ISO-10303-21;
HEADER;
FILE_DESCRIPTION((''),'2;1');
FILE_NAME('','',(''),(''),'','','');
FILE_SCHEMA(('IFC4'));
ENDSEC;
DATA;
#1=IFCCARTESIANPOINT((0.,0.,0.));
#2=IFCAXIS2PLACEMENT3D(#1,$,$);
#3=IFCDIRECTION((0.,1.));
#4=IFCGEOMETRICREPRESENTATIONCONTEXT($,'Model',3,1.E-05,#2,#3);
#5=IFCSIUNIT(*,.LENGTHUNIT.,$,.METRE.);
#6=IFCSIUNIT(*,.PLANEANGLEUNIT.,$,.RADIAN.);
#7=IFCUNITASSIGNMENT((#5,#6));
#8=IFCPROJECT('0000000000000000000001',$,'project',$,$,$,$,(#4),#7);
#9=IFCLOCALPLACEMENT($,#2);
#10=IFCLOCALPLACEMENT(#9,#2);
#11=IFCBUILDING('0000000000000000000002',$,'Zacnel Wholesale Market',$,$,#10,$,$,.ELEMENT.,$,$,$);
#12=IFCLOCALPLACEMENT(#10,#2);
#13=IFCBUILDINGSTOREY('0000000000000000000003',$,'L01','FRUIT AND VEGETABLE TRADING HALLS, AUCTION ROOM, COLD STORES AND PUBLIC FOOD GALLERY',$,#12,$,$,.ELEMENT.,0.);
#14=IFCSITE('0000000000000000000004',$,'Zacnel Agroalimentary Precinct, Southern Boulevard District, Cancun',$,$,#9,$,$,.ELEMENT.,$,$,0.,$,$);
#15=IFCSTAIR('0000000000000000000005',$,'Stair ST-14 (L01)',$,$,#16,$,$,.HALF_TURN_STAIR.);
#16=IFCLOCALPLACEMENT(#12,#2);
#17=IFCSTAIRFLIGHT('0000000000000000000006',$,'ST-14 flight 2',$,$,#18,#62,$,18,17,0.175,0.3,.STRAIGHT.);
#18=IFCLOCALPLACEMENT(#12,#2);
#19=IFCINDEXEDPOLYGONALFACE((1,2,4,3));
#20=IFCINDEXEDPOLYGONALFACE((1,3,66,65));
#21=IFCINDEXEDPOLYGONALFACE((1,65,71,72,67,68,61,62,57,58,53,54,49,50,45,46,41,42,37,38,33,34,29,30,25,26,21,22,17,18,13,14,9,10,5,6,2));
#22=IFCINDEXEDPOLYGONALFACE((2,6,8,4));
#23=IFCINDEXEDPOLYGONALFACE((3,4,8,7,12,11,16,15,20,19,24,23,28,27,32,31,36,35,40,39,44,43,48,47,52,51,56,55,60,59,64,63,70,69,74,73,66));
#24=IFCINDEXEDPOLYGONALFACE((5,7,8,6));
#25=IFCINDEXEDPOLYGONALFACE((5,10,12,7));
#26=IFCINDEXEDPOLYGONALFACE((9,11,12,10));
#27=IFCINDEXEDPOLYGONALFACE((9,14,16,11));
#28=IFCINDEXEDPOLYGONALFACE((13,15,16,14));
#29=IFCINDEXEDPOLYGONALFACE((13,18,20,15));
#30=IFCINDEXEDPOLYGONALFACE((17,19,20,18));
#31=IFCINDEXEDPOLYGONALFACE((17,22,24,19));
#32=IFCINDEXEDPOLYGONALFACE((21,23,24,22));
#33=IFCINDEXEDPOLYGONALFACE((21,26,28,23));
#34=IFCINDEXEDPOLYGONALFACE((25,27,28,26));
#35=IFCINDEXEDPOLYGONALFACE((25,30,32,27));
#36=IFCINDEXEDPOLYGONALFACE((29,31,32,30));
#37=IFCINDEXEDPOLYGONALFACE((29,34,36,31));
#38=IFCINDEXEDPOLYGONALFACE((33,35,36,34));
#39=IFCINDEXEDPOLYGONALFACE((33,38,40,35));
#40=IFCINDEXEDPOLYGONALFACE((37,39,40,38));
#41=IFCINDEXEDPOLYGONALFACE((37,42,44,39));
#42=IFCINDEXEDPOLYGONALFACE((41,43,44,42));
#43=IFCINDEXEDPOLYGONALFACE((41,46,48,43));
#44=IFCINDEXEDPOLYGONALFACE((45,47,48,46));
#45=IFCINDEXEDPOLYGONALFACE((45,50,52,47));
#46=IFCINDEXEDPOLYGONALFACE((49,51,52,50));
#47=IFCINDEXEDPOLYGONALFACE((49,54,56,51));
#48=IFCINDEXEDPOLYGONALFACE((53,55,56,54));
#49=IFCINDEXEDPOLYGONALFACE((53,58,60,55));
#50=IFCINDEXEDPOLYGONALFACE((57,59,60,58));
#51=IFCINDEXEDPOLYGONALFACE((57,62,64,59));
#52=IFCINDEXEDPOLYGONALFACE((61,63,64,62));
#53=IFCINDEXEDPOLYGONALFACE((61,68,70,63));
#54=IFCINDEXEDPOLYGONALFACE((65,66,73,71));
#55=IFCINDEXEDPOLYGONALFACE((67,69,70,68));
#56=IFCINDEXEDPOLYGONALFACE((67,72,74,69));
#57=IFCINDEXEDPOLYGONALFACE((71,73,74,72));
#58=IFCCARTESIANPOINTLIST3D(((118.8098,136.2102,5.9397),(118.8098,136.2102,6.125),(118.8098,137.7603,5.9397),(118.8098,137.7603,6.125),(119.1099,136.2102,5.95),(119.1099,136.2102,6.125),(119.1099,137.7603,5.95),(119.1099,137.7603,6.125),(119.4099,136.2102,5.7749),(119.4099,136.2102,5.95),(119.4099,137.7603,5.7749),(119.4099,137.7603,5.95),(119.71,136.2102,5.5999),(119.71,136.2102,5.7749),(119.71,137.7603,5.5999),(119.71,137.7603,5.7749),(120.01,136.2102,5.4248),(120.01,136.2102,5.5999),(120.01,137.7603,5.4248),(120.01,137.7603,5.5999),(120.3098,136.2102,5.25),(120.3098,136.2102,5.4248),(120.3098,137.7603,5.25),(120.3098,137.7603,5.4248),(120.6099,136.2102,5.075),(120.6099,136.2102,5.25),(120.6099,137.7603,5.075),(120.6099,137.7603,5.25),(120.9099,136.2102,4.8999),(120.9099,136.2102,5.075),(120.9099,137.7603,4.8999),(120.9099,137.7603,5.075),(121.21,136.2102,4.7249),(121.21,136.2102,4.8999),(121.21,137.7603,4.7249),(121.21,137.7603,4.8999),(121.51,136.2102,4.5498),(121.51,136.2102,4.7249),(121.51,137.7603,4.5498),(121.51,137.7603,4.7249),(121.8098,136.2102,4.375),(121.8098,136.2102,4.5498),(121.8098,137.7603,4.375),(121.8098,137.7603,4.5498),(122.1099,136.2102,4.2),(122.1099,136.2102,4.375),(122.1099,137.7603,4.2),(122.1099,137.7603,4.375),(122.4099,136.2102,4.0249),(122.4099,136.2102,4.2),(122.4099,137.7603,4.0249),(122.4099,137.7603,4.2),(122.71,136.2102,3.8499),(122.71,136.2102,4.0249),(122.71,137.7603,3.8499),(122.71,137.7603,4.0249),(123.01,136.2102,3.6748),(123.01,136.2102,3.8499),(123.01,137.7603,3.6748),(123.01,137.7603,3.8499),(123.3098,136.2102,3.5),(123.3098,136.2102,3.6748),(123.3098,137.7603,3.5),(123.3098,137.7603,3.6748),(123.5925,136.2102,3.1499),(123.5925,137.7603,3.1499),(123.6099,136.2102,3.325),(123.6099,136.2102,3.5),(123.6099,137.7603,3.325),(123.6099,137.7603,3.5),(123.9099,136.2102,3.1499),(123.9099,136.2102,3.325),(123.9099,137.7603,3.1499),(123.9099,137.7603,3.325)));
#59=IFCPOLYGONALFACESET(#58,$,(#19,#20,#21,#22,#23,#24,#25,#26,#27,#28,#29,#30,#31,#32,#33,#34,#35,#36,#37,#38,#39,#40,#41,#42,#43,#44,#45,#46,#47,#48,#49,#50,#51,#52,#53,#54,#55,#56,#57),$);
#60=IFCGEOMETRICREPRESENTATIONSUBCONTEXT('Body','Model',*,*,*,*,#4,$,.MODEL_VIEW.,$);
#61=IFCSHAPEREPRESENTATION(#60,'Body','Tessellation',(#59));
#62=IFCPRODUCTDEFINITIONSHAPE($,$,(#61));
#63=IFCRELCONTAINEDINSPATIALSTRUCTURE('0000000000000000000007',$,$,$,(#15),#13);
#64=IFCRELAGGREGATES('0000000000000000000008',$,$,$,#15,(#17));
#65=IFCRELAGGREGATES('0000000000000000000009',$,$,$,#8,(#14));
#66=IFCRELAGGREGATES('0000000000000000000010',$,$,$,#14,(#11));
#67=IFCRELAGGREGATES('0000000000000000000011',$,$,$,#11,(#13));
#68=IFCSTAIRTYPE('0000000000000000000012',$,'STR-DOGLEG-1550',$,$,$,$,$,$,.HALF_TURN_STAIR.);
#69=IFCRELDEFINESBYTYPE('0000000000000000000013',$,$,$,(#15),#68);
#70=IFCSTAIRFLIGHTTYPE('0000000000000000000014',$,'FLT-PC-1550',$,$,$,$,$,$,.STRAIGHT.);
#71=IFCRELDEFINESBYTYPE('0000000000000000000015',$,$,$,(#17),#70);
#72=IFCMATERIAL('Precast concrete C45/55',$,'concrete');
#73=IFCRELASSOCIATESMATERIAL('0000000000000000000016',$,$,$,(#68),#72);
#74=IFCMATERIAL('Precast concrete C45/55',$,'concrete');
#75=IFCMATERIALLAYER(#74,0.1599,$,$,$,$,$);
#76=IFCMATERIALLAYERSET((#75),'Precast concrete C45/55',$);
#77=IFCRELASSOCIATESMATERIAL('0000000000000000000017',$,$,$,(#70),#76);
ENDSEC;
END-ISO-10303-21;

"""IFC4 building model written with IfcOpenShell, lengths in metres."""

from ifc_helpers import new_model, si_unit, direction, frame, origin, place, context, subcontext, project, spatial, polyline, outline, extrude, material, layer, layer_set, type_object, element, aggregate, save


model = new_model("IFC4")

# Units and contexts
model_context = context("Model", 3, precision=1e-05, world=origin(), true_north=direction((0.0, 1.0)))
body_context = subcontext(model_context, "Body", "Model", "MODEL_VIEW")
ifc_project = project(units=[si_unit("LENGTHUNIT", "METRE"), si_unit("PLANEANGLEUNIT", "RADIAN")], contexts=[model_context])

# Site, building, storey
site_placement = place(None, origin())
site = spatial("IfcSite", under=ifc_project, at=site_placement, Name="Zacnel Agroalimentary Precinct, Southern Boulevard District, Cancun", CompositionType="ELEMENT", RefElevation=0.0)
building_placement = place(site_placement, origin())
building = spatial("IfcBuilding", under=site, at=building_placement, Name="Zacnel Wholesale Market", CompositionType="ELEMENT")
storey_placement = place(building_placement, origin())
storey = spatial("IfcBuildingStorey", under=building, at=storey_placement, Name="L01", Description="FRUIT AND VEGETABLE TRADING HALLS, AUCTION ROOM, COLD STORES AND PUBLIC FOOD GALLERY", CompositionType="ELEMENT", Elevation=0.0)

# Stair, stair flight
ifc_material_1 = material(Name="Precast concrete C45/55", Category="concrete")
stair_type = type_object("IfcStairType", Name="STR-DOGLEG-1550", PredefinedType="HALF_TURN_STAIR", material=ifc_material_1)
stair_placement = place(storey_placement, origin())
stair = element("IfcStair", 1, at=stair_placement, inside=storey, type_object=stair_type, Name="Stair ST-14 (L01)", PredefinedType="HALF_TURN_STAIR")
ifc_material_2 = material(Name="Precast concrete C45/55", Category="concrete")
ifc_layer_1 = layer(ifc_material_2, 0.1599)
ifc_layer_set_1 = layer_set([ifc_layer_1], Name="Precast concrete C45/55")
stair_flight_type = type_object("IfcStairFlightType", Name="FLT-PC-1550", PredefinedType="STRAIGHT", material=ifc_layer_set_1)
stair_flight_1_placement = place(storey_placement, frame((123.9099, 136.9851, 3.1499), z_axis=(0.0, 0.0, 1.0), x_axis=(-1.0, 0.0, 0.0)))
stair_flight_1 = element("IfcStairFlight", 2, at=stair_flight_1_placement, type_object=stair_flight_type, Name="ST-14 flight 2", NumberOfRisers=18, NumberOfTreads=17, PredefinedType="STRAIGHT", RiserHeight=0.175, TreadLength=0.3, context=body_context, shape_type="SweptSolid", body=[
    extrude(outline(polyline([(0.0, 0.0), (0.0, 0.175), (0.3, 0.175), (0.3, 0.3501), (0.6001, 0.3501), (0.6001, 0.5249), (0.8999, 0.5249), (0.8999, 0.7), (1.2, 0.7), (1.2, 0.875), (1.5, 0.875), (1.5, 1.05), (1.8, 1.05), (1.8, 1.2251), (2.1001, 1.2251), (2.1001, 1.3999), (2.3999, 1.3999), (2.3999, 1.575), (2.7, 1.575), (2.7, 1.75), (3.0, 1.75), (3.0, 1.925), (3.3, 1.925), (3.3, 2.1001), (3.6001, 2.1001), (3.6001, 2.2749), (3.8999, 2.2749), (3.8999, 2.45), (4.2, 2.45), (4.2, 2.625), (4.5, 2.625), (4.5, 2.8), (4.8, 2.8), (4.8, 2.9751), (5.1001, 2.9751), (5.1001, 3.1499), (5.1001, 2.7898), (0.3174, 0.0), (0.0, 0.0)])), frame((0.0, 0.7749, 0.0), z_axis=(0.0, -1.0, 0.0), x_axis=(1.0, 0.0, 0.0)), (0.0, 0.0, 1.0), 1.55),
])
aggregate(stair, [stair_flight_1])

save(model, "model.ifc")
